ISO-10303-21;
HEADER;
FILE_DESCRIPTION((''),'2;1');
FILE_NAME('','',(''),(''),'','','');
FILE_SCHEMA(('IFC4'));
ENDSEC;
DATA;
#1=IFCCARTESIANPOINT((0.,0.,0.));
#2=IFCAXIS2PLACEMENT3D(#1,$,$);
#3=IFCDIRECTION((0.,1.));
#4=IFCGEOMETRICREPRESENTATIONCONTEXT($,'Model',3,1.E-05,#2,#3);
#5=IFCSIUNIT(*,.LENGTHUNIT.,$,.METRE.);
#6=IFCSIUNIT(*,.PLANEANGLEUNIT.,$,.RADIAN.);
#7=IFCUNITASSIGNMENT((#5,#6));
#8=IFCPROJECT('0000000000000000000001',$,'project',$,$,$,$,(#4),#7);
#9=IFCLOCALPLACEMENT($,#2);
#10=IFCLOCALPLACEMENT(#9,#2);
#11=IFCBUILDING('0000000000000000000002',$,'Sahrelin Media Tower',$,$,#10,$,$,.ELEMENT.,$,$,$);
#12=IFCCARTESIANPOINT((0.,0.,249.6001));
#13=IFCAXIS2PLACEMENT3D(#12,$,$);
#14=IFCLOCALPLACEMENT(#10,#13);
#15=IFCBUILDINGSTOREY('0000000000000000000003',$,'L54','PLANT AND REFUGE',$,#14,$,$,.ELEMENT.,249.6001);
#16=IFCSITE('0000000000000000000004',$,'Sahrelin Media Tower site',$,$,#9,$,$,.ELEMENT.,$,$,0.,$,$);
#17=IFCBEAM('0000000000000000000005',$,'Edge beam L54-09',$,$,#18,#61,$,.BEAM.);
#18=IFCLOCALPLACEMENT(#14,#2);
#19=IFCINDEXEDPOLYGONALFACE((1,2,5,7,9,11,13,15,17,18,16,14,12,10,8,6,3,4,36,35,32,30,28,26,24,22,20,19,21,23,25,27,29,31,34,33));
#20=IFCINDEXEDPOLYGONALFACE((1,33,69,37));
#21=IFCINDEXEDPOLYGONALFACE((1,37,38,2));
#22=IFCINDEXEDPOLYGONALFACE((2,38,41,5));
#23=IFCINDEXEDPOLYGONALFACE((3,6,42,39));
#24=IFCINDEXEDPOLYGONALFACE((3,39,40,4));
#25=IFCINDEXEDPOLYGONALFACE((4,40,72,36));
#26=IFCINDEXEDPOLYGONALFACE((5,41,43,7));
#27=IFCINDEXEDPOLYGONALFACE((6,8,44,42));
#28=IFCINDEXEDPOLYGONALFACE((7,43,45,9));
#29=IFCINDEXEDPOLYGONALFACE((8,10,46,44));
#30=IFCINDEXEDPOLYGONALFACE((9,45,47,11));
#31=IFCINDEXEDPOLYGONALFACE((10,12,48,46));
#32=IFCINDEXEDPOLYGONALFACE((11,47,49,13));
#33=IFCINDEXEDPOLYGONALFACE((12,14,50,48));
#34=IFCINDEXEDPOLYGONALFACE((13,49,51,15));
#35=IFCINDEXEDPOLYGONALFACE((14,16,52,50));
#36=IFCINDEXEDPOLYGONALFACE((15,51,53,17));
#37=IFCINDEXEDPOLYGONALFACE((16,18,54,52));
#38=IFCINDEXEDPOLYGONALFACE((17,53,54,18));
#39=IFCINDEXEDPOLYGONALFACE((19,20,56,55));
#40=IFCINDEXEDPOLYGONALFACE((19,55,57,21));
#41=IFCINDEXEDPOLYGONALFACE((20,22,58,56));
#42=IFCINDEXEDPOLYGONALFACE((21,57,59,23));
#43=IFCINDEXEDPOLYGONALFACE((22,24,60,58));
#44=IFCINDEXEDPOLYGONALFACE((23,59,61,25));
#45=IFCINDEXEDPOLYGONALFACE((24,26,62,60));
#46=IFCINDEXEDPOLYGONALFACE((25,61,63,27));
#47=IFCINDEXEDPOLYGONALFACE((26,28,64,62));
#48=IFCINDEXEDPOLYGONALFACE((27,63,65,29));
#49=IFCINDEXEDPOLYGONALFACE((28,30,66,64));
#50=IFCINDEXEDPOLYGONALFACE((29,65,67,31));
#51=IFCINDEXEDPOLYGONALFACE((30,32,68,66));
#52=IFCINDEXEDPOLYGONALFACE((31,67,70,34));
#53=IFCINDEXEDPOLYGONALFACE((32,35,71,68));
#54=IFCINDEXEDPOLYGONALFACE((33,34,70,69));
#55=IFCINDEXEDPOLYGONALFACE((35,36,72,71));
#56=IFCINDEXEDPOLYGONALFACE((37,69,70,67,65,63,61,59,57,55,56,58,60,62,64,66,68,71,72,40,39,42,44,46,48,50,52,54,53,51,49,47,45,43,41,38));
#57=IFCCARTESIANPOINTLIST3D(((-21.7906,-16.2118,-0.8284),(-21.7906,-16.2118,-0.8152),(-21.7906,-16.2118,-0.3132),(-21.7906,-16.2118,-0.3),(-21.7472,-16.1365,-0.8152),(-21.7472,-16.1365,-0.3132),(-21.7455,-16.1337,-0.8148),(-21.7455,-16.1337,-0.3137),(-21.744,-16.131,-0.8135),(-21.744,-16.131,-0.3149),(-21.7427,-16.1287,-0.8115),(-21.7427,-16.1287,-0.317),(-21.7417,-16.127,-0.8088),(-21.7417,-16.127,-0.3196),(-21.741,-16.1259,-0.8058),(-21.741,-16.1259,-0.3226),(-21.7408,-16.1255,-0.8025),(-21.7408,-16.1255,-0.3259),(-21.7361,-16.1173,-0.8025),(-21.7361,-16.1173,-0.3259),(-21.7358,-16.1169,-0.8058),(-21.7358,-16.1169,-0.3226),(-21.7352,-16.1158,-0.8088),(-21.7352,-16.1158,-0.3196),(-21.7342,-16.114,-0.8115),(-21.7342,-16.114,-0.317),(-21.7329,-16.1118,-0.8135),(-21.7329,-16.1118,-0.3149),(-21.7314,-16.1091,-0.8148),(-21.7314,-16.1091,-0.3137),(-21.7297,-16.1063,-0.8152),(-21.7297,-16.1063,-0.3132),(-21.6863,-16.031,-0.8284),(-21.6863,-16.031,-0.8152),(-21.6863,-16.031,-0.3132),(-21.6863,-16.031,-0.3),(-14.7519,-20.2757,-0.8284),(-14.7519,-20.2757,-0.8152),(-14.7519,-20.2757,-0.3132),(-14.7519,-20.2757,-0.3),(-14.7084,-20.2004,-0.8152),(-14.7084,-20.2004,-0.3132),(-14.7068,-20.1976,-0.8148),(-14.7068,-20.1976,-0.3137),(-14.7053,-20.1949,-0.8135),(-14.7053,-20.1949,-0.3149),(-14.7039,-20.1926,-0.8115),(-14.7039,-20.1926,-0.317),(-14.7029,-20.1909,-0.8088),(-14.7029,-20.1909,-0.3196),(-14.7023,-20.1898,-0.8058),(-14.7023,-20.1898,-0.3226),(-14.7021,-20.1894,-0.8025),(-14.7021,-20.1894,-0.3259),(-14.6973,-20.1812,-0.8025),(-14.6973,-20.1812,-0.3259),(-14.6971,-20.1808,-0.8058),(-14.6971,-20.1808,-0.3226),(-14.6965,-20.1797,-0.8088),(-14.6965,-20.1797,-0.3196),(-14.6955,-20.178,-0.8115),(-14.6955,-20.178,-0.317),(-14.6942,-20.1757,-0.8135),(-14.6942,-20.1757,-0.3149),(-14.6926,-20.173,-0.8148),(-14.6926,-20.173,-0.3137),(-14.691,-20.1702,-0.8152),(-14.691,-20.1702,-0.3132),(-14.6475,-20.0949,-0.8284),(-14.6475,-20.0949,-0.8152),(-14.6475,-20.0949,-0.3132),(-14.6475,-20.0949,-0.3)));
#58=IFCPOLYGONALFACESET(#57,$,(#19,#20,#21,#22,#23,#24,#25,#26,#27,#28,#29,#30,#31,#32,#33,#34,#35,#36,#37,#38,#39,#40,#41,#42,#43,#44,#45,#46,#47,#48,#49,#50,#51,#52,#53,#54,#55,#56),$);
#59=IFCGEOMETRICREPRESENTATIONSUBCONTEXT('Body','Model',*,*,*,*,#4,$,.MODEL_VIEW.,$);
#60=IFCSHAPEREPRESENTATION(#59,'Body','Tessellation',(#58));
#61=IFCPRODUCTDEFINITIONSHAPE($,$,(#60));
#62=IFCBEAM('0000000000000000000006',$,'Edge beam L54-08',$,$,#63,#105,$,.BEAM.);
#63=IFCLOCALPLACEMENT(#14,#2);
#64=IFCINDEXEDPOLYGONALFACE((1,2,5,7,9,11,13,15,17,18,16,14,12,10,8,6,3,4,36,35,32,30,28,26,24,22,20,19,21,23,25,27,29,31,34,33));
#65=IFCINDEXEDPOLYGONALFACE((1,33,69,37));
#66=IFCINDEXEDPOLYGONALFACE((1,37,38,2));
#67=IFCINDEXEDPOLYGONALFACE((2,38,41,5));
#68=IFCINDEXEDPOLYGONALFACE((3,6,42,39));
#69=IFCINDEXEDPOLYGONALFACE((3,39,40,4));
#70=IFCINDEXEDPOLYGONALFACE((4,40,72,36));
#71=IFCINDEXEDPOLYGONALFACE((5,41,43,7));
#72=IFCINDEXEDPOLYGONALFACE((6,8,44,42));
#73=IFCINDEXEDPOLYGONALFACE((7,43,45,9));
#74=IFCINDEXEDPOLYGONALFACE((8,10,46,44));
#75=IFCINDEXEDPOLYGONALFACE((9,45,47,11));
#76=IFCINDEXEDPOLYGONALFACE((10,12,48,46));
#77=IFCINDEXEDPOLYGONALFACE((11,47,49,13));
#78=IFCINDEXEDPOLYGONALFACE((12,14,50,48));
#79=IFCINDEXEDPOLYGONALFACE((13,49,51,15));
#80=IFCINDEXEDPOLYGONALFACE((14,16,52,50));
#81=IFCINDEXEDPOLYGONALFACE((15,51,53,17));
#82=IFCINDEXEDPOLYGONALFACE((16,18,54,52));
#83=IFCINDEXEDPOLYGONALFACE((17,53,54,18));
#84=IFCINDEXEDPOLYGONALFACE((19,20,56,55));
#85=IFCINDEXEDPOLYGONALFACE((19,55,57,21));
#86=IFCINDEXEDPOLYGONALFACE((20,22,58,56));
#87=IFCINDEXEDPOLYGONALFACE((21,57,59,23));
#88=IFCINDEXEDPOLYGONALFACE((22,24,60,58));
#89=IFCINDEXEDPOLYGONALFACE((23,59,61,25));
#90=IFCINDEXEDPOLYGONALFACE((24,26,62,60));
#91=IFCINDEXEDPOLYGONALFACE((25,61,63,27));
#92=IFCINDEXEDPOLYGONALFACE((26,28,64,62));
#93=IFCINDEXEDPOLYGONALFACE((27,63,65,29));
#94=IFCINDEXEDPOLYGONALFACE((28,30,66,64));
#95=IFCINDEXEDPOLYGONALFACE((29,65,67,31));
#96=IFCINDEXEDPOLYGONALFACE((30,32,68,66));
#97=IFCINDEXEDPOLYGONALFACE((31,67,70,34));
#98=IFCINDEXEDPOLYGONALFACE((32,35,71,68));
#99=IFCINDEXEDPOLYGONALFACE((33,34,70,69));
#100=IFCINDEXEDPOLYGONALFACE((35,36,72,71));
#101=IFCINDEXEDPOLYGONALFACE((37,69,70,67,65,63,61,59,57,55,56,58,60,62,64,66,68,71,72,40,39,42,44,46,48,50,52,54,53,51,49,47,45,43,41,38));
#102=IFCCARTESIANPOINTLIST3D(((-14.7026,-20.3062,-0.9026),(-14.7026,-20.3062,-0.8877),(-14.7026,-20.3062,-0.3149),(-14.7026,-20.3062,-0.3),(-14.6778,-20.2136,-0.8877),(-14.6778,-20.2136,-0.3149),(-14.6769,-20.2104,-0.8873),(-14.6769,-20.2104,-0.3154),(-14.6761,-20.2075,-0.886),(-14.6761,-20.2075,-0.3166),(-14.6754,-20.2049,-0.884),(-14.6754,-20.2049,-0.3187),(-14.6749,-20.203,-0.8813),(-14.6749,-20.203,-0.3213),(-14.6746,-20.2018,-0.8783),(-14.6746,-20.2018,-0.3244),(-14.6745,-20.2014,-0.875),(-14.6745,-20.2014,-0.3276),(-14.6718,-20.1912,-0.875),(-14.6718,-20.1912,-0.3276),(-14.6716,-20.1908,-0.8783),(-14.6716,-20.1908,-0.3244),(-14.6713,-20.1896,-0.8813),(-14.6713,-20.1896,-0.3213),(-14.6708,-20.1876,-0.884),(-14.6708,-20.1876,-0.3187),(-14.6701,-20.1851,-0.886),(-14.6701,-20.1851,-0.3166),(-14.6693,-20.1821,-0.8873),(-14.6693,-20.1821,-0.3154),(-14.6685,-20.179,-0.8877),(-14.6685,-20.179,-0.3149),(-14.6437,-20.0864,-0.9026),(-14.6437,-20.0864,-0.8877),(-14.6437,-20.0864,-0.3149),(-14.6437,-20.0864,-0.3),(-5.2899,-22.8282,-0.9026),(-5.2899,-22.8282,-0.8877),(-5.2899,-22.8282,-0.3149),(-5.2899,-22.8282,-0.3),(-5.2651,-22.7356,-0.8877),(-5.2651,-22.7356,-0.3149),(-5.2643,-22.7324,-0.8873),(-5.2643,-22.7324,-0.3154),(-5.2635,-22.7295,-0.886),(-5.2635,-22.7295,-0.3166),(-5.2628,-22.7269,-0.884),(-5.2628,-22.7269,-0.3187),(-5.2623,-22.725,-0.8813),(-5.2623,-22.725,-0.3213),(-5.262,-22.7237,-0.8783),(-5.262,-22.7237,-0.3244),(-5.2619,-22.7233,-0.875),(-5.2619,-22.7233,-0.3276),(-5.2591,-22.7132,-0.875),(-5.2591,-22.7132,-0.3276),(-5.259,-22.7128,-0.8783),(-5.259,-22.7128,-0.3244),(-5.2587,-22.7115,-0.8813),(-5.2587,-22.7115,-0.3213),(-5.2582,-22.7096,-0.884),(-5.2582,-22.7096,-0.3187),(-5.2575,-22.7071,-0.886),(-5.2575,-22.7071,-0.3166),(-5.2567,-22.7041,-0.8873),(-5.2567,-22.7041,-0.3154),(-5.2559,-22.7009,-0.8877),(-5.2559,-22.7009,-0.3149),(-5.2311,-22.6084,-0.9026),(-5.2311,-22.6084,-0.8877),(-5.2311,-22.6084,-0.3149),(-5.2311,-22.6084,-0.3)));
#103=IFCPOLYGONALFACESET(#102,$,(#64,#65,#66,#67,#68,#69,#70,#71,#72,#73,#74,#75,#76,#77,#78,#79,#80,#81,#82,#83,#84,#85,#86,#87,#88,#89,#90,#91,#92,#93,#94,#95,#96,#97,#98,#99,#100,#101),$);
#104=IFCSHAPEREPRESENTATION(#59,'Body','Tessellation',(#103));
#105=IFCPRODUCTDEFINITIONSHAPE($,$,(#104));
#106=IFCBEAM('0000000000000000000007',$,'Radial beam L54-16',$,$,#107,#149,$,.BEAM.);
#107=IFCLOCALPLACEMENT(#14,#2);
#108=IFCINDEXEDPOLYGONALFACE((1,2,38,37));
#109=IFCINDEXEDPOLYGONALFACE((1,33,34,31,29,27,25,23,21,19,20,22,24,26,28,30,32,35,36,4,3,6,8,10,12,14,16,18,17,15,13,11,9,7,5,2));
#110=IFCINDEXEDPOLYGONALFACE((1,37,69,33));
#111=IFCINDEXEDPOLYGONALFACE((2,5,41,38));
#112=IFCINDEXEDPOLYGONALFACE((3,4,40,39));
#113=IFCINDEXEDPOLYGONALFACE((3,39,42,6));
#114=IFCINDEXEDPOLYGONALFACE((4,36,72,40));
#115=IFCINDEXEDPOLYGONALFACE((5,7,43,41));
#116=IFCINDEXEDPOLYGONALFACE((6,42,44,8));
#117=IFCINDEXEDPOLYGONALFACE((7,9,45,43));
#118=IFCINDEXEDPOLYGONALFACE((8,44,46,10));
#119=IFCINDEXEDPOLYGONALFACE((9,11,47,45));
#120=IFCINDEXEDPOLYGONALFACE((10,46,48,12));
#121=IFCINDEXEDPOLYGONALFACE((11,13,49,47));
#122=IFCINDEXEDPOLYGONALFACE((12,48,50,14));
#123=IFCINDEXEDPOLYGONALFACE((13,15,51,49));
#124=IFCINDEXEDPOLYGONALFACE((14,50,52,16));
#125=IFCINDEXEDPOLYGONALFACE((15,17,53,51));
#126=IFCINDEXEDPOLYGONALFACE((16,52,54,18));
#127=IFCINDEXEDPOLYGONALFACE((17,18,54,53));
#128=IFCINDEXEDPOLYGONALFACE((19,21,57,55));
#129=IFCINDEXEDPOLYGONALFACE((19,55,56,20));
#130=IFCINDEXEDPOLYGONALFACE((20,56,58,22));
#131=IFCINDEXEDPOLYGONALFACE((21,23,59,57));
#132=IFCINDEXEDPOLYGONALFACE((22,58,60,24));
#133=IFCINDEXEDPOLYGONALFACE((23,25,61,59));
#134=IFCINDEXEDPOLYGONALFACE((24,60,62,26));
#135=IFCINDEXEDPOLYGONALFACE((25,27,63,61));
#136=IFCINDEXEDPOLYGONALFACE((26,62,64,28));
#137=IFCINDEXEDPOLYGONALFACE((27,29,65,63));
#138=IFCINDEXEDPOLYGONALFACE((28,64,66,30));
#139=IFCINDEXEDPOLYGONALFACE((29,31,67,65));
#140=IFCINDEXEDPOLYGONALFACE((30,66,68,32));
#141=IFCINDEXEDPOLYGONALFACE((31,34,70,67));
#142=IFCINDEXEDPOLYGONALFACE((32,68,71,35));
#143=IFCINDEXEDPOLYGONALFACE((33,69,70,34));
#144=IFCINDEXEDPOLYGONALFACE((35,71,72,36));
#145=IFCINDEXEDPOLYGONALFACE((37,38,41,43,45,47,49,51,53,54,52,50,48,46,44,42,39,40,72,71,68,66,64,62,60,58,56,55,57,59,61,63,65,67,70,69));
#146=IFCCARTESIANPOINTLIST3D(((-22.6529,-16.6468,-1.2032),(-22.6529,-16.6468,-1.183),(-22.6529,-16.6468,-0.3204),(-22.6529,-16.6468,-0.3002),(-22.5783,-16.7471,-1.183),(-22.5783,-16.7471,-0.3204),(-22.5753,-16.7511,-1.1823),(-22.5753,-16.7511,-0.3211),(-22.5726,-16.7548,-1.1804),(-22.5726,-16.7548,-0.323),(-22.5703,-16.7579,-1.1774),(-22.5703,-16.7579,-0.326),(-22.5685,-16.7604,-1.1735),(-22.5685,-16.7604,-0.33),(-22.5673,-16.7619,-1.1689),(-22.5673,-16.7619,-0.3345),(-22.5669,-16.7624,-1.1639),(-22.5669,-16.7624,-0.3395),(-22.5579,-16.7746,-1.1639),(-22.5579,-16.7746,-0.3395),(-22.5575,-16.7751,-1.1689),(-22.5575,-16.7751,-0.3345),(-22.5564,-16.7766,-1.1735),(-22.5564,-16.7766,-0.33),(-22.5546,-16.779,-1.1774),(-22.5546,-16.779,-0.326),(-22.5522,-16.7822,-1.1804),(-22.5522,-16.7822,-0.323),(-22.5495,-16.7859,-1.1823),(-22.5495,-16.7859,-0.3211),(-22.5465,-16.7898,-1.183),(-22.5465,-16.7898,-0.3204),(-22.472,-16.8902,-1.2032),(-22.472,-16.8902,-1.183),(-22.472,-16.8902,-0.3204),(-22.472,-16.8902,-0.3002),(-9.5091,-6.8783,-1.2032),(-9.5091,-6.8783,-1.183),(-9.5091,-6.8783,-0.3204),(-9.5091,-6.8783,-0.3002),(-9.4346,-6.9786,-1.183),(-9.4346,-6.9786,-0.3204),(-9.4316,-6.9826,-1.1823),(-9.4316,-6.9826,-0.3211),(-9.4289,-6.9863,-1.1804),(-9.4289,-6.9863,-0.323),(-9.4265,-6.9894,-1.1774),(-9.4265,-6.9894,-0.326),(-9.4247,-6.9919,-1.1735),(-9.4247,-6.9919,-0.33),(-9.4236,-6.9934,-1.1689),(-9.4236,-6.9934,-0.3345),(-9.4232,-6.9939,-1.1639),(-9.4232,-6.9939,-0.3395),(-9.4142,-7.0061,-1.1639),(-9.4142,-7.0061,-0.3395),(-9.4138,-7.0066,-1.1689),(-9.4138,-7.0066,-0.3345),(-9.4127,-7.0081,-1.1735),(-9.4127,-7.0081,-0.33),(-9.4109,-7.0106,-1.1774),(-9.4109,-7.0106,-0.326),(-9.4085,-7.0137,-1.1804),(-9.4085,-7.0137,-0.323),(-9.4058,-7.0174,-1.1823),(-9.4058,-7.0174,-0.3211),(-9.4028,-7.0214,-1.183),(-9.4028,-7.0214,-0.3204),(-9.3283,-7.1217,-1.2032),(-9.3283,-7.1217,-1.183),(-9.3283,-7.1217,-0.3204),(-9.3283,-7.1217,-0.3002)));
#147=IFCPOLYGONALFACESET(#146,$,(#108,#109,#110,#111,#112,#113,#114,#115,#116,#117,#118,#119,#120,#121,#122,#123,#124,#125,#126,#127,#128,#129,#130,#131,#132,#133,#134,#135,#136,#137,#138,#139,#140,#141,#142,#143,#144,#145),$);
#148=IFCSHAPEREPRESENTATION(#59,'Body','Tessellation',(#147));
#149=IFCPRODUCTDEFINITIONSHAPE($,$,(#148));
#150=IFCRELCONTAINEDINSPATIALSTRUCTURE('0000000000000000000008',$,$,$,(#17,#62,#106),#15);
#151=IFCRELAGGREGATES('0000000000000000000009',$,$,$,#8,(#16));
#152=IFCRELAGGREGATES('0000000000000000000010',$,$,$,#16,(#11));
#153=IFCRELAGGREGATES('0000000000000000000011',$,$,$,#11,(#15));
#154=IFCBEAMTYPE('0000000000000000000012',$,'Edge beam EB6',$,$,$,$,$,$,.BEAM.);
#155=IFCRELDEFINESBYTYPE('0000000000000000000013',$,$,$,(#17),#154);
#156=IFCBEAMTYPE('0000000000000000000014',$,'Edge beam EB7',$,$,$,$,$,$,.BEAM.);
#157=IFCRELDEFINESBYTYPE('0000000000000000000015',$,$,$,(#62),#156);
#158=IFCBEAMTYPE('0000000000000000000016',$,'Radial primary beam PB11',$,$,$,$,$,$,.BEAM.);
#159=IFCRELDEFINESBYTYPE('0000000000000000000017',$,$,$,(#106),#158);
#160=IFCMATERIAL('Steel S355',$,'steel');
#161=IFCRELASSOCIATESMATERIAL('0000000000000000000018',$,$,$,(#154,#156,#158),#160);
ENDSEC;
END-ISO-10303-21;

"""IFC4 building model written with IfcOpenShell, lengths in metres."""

from ifc_helpers import new_model, si_unit, direction, frame, origin, origin_2d, place, context, subcontext, project, spatial, i_section, extrude, material, material_profile, profile_set, type_object, element, save


model = new_model("IFC4")

# Units and contexts
model_context = context("Model", 3, precision=1e-05, world=origin(), true_north=direction((0.0, 1.0)))
body_context = subcontext(model_context, "Body", "Model", "MODEL_VIEW")
ifc_project = project(units=[si_unit("LENGTHUNIT", "METRE"), si_unit("PLANEANGLEUNIT", "RADIAN")], contexts=[model_context])

# Site, building, storey
site_placement = place(None, origin())
site = spatial("IfcSite", under=ifc_project, at=site_placement, Name="Sahrelin Media Tower site", CompositionType="ELEMENT", RefElevation=0.0)
building_placement = place(site_placement, origin())
building = spatial("IfcBuilding", under=site, at=building_placement, Name="Sahrelin Media Tower", CompositionType="ELEMENT")
storey_placement = place(building_placement, frame((0.0, 0.0, 249.6001)))
storey = spatial("IfcBuildingStorey", under=building, at=storey_placement, Name="L54", Description="PLANT AND REFUGE", CompositionType="ELEMENT", Elevation=249.6001)

# Beams
ifc_material_1 = material(Name="Steel S355", Category="steel")
ifc_material_profile_1 = material_profile(ifc_material_1, i_section(OverallWidth=0.2087, OverallDepth=0.5283, WebThickness=0.0095, FlangeThickness=0.0132, FilletRadius=0.0127, at=origin_2d()), Name="UB 533x210x82")
ifc_profile_set_1 = profile_set([ifc_material_profile_1], Name="Steel S355")
beam_type_1 = type_object("IfcBeamType", Name="Edge beam EB6", PredefinedType="BEAM", material=ifc_profile_set_1)
beam_1_placement = place(storey_placement, frame((-14.6997, -20.1853, -0.5642), z_axis=(-0.86602, 0.500009, 0.0), x_axis=(-0.500009, -0.86602, 0.0)))
element("IfcBeam", 1, at=beam_1_placement, inside=storey, type_object=beam_type_1, Name="Edge beam L54-09", PredefinedType="BEAM", context=body_context, shape_type="SweptSolid", body=[
    extrude(i_section(OverallWidth=0.2087, OverallDepth=0.5283, WebThickness=0.0095, FlangeThickness=0.0132, FilletRadius=0.0127, at=origin_2d()), origin(), (0.0, 0.0, 1.0), 8.1277),
])
ifc_material_profile_2 = material_profile(ifc_material_1, i_section(OverallWidth=0.2275, OverallDepth=0.6025, WebThickness=0.0105, FlangeThickness=0.0149, FilletRadius=0.0127, at=origin_2d()), Name="UB 610x229x101")
ifc_profile_set_2 = profile_set([ifc_material_profile_2], Name="Steel S355")
beam_type_2 = type_object("IfcBeamType", Name="Edge beam EB7", PredefinedType="BEAM", material=ifc_profile_set_2)
beam_2_placement = place(storey_placement, frame((-5.2605, -22.7183, -0.6013), z_axis=(-0.965929, 0.258807, 0.0), x_axis=(-0.258807, -0.965929, 0.0)))
element("IfcBeam", 2, at=beam_2_placement, inside=storey, type_object=beam_type_2, Name="Edge beam L54-08", PredefinedType="BEAM", context=body_context, shape_type="SweptSolid", body=[
    extrude(i_section(OverallWidth=0.2275, OverallDepth=0.6025, WebThickness=0.0105, FlangeThickness=0.0149, FilletRadius=0.0127, at=origin_2d()), origin(), (0.0, 0.0, 1.0), 9.7446),
])
ifc_material_profile_3 = material_profile(ifc_material_1, i_section(OverallWidth=0.3032, OverallDepth=0.9031, WebThickness=0.0151, FlangeThickness=0.0203, FilletRadius=0.019, at=origin_2d()), Name="UB 914x305x201")
ifc_profile_set_3 = profile_set([ifc_material_profile_3], Name="Steel S355")
beam_type_3 = type_object("IfcBeamType", Name="Radial primary beam PB11", PredefinedType="BEAM", material=ifc_profile_set_3)
beam_3_placement = place(storey_placement, frame((-9.4187, -7.0, -0.7517), z_axis=(-0.80261, -0.596505, 0.0), x_axis=(0.596505, -0.80261, 0.0)))
element("IfcBeam", 3, at=beam_3_placement, inside=storey, type_object=beam_type_3, Name="Radial beam L54-16", PredefinedType="BEAM", context=body_context, shape_type="SweptSolid", body=[
    extrude(i_section(OverallWidth=0.3032, OverallDepth=0.9031, WebThickness=0.0151, FlangeThickness=0.0203, FilletRadius=0.019, at=origin_2d()), origin(), (0.0, 0.0, 1.0), 16.3762),
])

save(model, "model.ifc")
